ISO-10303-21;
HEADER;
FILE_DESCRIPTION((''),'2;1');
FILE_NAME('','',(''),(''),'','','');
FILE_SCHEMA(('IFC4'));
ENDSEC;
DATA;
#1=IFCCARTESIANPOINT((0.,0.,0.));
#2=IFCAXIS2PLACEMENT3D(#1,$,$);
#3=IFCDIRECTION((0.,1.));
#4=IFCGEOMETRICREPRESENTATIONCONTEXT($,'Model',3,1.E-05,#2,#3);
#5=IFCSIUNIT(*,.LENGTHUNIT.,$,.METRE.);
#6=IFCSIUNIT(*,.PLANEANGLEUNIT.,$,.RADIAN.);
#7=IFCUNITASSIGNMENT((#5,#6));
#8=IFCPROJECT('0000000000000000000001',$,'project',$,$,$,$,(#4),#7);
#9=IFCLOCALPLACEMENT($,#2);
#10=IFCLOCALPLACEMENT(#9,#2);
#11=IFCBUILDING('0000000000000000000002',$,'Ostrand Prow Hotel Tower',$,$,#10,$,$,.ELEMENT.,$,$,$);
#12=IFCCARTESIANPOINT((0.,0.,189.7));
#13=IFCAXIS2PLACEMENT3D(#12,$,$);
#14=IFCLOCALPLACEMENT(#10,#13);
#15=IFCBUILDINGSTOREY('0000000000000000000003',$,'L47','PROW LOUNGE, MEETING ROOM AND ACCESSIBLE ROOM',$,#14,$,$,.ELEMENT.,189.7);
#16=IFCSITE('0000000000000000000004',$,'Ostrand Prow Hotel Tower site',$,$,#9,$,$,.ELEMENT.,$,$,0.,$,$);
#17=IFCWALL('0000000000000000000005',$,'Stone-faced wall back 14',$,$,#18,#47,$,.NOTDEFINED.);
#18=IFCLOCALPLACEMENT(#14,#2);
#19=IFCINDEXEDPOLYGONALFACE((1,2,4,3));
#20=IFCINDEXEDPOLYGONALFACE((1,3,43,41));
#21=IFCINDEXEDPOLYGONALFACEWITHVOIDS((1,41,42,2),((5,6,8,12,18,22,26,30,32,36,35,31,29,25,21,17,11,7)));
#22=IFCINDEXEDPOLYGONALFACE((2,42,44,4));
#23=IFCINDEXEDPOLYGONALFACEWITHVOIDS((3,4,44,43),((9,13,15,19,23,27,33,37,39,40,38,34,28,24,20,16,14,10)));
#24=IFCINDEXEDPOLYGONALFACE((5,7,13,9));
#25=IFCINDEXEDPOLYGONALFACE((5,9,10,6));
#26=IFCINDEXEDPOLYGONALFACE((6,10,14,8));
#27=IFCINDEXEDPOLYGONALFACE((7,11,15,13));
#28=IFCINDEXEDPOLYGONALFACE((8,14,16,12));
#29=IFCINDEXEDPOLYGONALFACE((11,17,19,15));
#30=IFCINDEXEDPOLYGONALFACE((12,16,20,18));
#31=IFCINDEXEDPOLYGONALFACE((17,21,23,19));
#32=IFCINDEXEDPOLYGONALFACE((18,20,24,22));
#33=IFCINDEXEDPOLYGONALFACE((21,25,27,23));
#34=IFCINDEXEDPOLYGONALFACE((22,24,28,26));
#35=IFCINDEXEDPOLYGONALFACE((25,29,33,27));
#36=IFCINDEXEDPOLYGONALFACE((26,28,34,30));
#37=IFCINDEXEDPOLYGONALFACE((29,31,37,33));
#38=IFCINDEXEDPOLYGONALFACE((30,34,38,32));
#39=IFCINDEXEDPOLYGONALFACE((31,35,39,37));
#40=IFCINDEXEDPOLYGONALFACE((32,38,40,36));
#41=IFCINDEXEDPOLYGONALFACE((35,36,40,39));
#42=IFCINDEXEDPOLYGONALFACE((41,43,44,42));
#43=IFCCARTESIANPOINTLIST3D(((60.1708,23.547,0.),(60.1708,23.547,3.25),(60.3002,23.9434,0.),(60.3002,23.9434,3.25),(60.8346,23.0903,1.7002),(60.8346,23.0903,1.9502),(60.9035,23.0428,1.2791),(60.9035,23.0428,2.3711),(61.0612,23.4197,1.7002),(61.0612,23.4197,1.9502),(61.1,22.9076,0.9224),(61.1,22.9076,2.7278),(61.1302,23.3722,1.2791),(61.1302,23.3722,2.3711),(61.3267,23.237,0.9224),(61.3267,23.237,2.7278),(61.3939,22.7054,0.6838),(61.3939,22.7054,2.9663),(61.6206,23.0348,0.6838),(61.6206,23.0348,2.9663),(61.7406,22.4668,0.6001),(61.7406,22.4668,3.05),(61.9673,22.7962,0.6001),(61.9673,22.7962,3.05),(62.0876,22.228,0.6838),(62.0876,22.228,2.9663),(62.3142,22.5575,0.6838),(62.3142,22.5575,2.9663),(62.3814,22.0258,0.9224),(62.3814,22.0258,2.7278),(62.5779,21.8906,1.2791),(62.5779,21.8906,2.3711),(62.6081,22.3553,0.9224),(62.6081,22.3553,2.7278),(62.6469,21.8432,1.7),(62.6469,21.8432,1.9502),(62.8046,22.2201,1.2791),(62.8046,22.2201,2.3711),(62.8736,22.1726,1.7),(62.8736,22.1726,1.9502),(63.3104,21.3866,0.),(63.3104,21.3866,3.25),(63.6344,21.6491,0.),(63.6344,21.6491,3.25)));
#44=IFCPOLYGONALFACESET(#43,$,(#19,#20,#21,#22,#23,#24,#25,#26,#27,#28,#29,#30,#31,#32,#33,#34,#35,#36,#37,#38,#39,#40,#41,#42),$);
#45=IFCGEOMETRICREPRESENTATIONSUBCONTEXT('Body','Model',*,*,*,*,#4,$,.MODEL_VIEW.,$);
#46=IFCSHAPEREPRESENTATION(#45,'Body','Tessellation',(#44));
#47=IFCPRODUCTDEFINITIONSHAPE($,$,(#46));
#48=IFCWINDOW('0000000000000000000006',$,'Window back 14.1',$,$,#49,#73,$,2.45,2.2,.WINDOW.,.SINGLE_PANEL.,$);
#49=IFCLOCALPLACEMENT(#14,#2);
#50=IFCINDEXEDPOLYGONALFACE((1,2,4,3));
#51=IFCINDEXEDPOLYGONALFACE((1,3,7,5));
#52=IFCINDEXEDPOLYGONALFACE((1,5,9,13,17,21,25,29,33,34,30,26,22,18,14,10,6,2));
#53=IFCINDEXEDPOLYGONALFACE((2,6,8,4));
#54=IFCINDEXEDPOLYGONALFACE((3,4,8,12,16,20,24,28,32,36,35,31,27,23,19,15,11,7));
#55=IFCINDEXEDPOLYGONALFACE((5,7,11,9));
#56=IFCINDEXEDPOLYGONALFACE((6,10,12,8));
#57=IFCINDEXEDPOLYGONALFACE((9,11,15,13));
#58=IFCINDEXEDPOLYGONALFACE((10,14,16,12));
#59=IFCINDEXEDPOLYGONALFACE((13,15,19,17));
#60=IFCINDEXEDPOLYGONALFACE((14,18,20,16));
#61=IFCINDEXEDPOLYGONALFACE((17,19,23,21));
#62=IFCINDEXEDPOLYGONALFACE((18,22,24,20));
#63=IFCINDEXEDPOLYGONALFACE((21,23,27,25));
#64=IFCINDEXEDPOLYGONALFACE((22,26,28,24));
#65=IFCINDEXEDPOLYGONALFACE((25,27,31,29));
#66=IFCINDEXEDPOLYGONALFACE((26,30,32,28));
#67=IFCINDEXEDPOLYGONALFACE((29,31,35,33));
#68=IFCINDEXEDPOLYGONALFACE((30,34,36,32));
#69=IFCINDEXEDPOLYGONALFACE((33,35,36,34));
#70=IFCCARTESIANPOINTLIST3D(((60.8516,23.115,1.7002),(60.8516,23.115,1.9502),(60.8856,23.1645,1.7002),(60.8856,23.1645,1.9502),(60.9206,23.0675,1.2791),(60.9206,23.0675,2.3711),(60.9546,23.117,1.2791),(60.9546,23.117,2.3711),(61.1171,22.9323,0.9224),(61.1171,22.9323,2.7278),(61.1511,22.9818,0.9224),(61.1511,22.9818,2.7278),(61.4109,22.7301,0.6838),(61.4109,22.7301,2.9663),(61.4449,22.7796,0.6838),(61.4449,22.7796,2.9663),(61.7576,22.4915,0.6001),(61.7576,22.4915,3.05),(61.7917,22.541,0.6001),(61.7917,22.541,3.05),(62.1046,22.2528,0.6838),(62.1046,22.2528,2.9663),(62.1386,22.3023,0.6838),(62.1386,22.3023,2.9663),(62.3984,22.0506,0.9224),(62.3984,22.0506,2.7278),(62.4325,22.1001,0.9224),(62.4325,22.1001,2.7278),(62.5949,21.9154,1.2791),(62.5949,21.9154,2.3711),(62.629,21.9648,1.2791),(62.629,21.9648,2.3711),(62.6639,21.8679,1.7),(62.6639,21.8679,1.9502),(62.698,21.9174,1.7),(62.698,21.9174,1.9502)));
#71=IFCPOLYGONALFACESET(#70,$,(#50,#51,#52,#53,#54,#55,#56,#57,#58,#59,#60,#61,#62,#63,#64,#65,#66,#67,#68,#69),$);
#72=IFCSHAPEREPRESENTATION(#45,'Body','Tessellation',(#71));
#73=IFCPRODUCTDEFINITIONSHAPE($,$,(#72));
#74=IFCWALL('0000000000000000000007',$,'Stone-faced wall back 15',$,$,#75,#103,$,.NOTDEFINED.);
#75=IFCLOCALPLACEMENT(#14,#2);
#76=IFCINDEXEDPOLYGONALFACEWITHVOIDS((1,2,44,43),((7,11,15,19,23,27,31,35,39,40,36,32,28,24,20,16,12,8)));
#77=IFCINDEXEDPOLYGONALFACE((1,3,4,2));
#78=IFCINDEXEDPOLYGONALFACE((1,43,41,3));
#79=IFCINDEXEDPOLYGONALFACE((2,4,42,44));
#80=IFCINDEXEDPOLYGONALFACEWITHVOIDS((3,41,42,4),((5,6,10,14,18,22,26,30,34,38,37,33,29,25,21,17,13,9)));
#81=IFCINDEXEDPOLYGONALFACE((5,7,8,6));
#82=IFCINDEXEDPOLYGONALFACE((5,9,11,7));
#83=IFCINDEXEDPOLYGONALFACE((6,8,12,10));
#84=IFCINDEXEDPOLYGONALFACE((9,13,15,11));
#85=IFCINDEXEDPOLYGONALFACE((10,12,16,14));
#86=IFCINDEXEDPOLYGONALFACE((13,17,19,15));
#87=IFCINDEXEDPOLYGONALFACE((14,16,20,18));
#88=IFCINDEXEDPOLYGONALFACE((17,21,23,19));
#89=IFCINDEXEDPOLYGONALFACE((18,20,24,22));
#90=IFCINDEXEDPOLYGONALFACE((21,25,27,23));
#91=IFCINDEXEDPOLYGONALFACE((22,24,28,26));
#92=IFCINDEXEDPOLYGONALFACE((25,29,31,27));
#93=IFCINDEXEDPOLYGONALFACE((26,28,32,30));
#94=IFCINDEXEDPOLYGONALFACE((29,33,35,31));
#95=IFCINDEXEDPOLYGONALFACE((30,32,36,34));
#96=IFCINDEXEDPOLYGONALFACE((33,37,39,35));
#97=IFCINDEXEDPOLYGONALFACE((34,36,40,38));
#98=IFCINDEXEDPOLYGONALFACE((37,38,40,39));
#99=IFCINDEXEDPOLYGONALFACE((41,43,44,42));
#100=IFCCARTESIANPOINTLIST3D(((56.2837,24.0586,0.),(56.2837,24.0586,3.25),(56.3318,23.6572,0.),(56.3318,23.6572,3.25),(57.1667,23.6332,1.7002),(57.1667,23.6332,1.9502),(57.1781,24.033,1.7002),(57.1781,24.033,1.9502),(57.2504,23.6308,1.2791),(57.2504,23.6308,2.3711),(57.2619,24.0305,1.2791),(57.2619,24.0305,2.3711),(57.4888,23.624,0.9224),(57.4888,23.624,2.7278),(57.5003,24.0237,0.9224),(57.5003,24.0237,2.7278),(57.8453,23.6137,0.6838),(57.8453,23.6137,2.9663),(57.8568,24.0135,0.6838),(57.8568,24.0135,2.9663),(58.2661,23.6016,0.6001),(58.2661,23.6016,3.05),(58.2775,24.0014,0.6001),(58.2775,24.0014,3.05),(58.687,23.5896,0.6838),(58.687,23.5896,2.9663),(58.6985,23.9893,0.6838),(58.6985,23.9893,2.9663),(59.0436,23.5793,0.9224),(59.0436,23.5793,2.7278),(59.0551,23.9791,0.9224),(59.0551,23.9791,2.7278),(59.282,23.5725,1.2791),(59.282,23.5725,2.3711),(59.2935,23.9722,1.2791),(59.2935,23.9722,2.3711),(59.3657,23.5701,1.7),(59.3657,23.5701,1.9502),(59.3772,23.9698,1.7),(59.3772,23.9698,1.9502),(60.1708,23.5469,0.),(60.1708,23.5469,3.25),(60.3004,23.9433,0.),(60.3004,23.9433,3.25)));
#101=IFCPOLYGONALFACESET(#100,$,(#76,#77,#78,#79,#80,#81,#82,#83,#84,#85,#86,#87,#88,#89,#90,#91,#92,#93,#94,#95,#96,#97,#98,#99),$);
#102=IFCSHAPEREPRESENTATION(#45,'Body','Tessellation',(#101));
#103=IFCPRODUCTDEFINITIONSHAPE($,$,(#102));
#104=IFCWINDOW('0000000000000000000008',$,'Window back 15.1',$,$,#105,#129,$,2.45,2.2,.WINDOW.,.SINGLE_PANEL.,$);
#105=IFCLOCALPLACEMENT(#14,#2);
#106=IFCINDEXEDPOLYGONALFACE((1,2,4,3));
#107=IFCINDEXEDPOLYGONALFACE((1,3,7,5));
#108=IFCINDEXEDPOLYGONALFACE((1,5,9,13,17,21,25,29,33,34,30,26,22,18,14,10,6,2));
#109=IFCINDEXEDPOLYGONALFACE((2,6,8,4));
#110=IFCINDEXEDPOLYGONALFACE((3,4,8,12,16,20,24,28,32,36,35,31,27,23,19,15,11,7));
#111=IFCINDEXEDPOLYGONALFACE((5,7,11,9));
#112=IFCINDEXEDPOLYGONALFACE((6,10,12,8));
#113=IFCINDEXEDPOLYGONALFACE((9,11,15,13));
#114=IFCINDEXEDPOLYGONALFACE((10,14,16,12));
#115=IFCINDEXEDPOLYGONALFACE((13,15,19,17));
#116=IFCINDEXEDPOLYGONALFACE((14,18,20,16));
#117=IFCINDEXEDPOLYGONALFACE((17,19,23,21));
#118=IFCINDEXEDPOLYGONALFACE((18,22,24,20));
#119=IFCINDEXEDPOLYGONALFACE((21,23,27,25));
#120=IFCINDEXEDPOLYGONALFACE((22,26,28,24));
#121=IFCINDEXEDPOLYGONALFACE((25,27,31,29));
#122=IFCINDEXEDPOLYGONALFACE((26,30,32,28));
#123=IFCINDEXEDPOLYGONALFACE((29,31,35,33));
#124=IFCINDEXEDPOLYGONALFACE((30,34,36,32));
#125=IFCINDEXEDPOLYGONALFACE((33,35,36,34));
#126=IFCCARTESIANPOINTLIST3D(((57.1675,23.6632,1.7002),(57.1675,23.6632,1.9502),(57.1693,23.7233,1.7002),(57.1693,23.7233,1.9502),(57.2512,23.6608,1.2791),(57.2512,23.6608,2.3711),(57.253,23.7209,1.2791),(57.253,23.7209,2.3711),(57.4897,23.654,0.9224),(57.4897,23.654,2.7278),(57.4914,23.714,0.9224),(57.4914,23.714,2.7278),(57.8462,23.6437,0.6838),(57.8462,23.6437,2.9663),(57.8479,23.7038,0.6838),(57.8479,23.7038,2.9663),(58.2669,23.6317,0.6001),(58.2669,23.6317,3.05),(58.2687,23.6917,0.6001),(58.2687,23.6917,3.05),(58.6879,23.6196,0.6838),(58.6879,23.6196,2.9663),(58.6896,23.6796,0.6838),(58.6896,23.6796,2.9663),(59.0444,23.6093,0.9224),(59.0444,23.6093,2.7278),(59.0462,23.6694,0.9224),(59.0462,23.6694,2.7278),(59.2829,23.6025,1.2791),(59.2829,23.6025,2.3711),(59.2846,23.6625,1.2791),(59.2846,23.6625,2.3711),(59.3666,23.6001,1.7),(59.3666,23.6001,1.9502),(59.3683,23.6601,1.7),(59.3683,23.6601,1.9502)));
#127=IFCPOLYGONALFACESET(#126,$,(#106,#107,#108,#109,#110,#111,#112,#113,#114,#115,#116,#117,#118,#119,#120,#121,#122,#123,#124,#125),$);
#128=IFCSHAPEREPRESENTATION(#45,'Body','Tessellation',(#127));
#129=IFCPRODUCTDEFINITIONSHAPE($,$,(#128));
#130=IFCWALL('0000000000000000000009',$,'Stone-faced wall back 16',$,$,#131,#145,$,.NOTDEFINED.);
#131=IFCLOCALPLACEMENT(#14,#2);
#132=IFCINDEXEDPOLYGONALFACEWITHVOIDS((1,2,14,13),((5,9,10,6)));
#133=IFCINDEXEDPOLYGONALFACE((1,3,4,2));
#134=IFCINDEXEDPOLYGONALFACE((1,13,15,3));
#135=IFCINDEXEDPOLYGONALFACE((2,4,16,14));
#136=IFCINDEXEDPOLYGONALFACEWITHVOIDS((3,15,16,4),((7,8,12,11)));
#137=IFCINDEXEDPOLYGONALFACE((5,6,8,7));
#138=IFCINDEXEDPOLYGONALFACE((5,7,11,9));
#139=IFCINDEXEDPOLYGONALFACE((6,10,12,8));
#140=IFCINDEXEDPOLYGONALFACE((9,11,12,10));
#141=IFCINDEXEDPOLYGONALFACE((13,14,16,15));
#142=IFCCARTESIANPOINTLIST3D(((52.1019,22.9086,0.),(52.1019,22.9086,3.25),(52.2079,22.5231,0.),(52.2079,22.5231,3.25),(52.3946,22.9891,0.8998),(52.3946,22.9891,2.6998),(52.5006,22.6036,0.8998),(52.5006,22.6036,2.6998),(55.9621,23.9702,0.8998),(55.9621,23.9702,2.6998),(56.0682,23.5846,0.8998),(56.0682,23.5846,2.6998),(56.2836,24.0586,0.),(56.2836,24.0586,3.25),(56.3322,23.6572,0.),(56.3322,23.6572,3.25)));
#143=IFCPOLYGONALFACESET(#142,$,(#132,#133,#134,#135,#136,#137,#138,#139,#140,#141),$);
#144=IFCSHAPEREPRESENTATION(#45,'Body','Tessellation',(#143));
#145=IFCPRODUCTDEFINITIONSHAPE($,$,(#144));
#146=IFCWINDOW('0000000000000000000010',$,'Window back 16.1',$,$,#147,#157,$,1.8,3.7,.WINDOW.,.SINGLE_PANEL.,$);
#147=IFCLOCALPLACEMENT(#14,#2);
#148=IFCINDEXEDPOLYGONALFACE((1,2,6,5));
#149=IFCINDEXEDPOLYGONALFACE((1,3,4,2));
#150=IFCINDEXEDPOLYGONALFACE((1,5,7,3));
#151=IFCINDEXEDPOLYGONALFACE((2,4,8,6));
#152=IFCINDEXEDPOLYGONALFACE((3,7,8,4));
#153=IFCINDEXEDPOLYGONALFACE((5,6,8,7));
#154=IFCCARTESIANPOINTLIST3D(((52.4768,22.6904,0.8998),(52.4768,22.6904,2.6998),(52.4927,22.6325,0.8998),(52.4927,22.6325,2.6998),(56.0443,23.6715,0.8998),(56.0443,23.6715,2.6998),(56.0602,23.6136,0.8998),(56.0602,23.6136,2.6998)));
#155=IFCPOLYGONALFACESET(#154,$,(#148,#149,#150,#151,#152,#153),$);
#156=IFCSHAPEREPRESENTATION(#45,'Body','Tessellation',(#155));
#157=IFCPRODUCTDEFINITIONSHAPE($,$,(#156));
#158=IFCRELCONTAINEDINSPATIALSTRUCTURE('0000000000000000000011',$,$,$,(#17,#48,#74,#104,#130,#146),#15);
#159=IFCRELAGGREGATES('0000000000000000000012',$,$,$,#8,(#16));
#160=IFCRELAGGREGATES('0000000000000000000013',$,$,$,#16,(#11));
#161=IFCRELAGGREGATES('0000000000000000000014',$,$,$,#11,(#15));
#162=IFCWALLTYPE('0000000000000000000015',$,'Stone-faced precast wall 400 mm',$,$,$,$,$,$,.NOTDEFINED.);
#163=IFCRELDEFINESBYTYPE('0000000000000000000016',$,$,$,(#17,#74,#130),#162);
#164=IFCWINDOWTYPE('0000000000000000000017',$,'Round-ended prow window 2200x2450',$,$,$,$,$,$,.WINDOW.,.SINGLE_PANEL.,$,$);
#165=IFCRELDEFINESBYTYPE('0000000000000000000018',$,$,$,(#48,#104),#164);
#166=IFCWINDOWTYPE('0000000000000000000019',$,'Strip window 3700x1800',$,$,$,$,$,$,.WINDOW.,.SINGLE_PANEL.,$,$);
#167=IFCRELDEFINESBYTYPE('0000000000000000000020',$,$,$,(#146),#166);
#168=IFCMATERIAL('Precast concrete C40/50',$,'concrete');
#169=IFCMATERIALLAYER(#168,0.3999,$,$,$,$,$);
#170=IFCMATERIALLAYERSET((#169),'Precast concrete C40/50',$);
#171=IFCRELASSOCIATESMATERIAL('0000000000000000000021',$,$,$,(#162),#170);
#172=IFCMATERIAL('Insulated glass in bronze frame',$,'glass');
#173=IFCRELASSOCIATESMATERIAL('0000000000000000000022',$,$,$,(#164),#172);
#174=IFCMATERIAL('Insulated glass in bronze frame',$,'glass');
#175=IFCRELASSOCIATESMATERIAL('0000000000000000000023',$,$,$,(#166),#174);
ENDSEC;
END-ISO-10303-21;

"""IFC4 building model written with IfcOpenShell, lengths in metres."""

from ifc_helpers import new_model, si_unit, direction, frame, frame_2d, origin, place, context, subcontext, project, spatial, polyline, rectangle, outline, extrude, material, layer, layer_set, type_object, element, fill, save


model = new_model("IFC4")

# Units and contexts
model_context = context("Model", 3, precision=1e-05, world=origin(), true_north=direction((0.0, 1.0)))
body_context = subcontext(model_context, "Body", "Model", "MODEL_VIEW")
ifc_project = project(units=[si_unit("LENGTHUNIT", "METRE"), si_unit("PLANEANGLEUNIT", "RADIAN")], contexts=[model_context])

# Site, building, storey
site_placement = place(None, origin())
site = spatial("IfcSite", under=ifc_project, at=site_placement, Name="Ostrand Prow Hotel Tower site", CompositionType="ELEMENT", RefElevation=0.0)
building_placement = place(site_placement, origin())
building = spatial("IfcBuilding", under=site, at=building_placement, Name="Ostrand Prow Hotel Tower", CompositionType="ELEMENT")
storey_placement = place(building_placement, frame((0.0, 0.0, 189.7)))
storey = spatial("IfcBuildingStorey", under=building, at=storey_placement, Name="L47", Description="PROW LOUNGE, MEETING ROOM AND ACCESSIBLE ROOM", CompositionType="ELEMENT", Elevation=189.7)

# Walls, openings, windows
ifc_material_1 = material(Name="Precast concrete C40/50", Category="concrete")
ifc_layer_1 = layer(ifc_material_1, 0.3999)
ifc_layer_set_1 = layer_set([ifc_layer_1], Name="Precast concrete C40/50")
wall_type_1 = type_object("IfcWallType", Name="Stone-faced precast wall 400 mm", PredefinedType="NOTDEFINED", material=ifc_layer_set_1)
ifc_material_2 = material(Name="Insulated glass in bronze frame", Category="glass")
window_type_1 = type_object("IfcWindowType", Name="Round-ended prow window 2200x2450", PartitioningType="SINGLE_PANEL", PredefinedType="WINDOW", material=ifc_material_2)
wall_1_placement = place(storey_placement, frame((63.4724, 21.5178, 0.0), z_axis=(0.0, 0.0, 1.0), x_axis=(-0.823806, 0.566872, 0.0)))
wall_1 = element("IfcWall", 1, at=wall_1_placement, inside=storey, type_object=wall_type_1, Name="Stone-faced wall back 14", PredefinedType="NOTDEFINED", context=body_context, shape_type="SweptSolid", body=[
    extrude(outline(polyline([(-0.0591, -0.2), (3.9883, -0.2), (3.8701, 0.2), (0.0591, 0.2), (-0.0591, -0.2)])), origin(), (0.0, 0.0, 1.0), 3.25),
])
opening_1_placement = place(wall_1_placement, frame((0.8645, 0.0, 0.6001)))
opening_1 = element("IfcOpeningElement", 2, at=opening_1_placement, cuts=wall_1, PredefinedType="OPENING", context=body_context, shape_type="SweptSolid", body=[
    extrude(outline(polyline([(0.0, 1.3501), (0.0837, 1.771), (0.3223, 2.1277), (0.679, 2.3662), (1.1001, 2.45), (1.521, 2.3662), (1.8777, 2.1277), (2.1162, 1.771), (2.2, 1.3501), (2.2, 1.1001), (2.1162, 0.679), (1.8777, 0.3223), (1.521, 0.0837), (1.1001, 0.0), (0.679, 0.0837), (0.3223, 0.3223), (0.0837, 0.679), (0.0, 1.0999), (0.0, 1.3501)])), frame((0.0, 0.21, 0.0), z_axis=(0.0, -1.0, 0.0), x_axis=(1.0, 0.0, 0.0)), (0.0, 0.0, 1.0), 0.4199),
])
window_1_placement = place(opening_1_placement, origin())
window_1 = element("IfcWindow", 3, at=window_1_placement, inside=storey, type_object=window_type_1, Name="Window back 14.1", OverallHeight=2.45, OverallWidth=2.2, PartitioningType="SINGLE_PANEL", PredefinedType="WINDOW", context=body_context, shape_type="SweptSolid", body=[
    extrude(outline(polyline([(0.0, 1.3501), (0.0837, 1.771), (0.3223, 2.1277), (0.679, 2.3662), (1.1001, 2.45), (1.521, 2.3662), (1.8777, 2.1277), (2.1162, 1.771), (2.2, 1.3501), (2.2, 1.1001), (2.1162, 0.679), (1.8777, 0.3223), (1.521, 0.0837), (1.1001, 0.0), (0.679, 0.0837), (0.3223, 0.3223), (0.0837, 0.679), (0.0, 1.0999), (0.0, 1.3501)])), frame((0.0, 0.1699, 0.0), z_axis=(0.0, -1.0, 0.0), x_axis=(1.0, 0.0, 0.0)), (0.0, 0.0, 1.0), 0.0601),
])
fill(opening_1, window_1)
wall_2_placement = place(storey_placement, frame((60.2356, 23.7451, 0.0), z_axis=(0.0, 0.0, 1.0), x_axis=(-0.999588, 0.028705, 0.0)))
wall_2 = element("IfcWall", 4, at=wall_2_placement, inside=storey, type_object=wall_type_1, Name="Stone-faced wall back 15", PredefinedType="NOTDEFINED", context=body_context, shape_type="SweptSolid", body=[
    extrude(outline(polyline([(-0.0591, -0.2), (3.9592, -0.2), (3.8997, 0.2), (0.0591, 0.2), (-0.0591, -0.2)])), origin(), (0.0, 0.0, 1.0), 3.25),
])
opening_2_placement = place(wall_2_placement, frame((0.8645, 0.0, 0.6001)))
opening_2 = element("IfcOpeningElement", 5, at=opening_2_placement, cuts=wall_2, PredefinedType="OPENING", context=body_context, shape_type="SweptSolid", body=[
    extrude(outline(polyline([(0.0, 1.3501), (0.0837, 1.771), (0.3223, 2.1277), (0.679, 2.3662), (1.1001, 2.45), (1.521, 2.3662), (1.8777, 2.1277), (2.1162, 1.771), (2.2, 1.3501), (2.2, 1.1001), (2.1162, 0.679), (1.8777, 0.3223), (1.521, 0.0837), (1.1001, 0.0), (0.679, 0.0837), (0.3223, 0.3223), (0.0837, 0.679), (0.0, 1.0999), (0.0, 1.3501)])), frame((0.0, 0.21, 0.0), z_axis=(0.0, -1.0, 0.0), x_axis=(1.0, 0.0, 0.0)), (0.0, 0.0, 1.0), 0.4199),
])
window_2_placement = place(opening_2_placement, origin())
window_2 = element("IfcWindow", 6, at=window_2_placement, inside=storey, type_object=window_type_1, Name="Window back 15.1", OverallHeight=2.45, OverallWidth=2.2, PartitioningType="SINGLE_PANEL", PredefinedType="WINDOW", context=body_context, shape_type="SweptSolid", body=[
    extrude(outline(polyline([(0.0, 1.3501), (0.0837, 1.771), (0.3223, 2.1277), (0.679, 2.3662), (1.1001, 2.45), (1.521, 2.3662), (1.8777, 2.1277), (2.1162, 1.771), (2.2, 1.3501), (2.2, 1.1001), (2.1162, 0.679), (1.8777, 0.3223), (1.521, 0.0837), (1.1001, 0.0), (0.679, 0.0837), (0.3223, 0.3223), (0.0837, 0.679), (0.0, 1.0999), (0.0, 1.3501)])), frame((0.0, 0.1699, 0.0), z_axis=(0.0, -1.0, 0.0), x_axis=(1.0, 0.0, 0.0)), (0.0, 0.0, 1.0), 0.0601),
])
fill(opening_2, window_2)
wall_3_placement = place(storey_placement, frame((56.3079, 23.8579, 0.0), z_axis=(0.0, 0.0, 1.0), x_axis=(-0.964206, -0.265155, 0.0)))
wall_3 = element("IfcWall", 7, at=wall_3_placement, inside=storey, type_object=wall_type_1, Name="Stone-faced wall back 16", PredefinedType="NOTDEFINED", context=body_context, shape_type="SweptSolid", body=[
    extrude(outline(polyline([(-0.0298, -0.2), (4.3071, -0.2), (4.3071, 0.2), (0.0298, 0.2), (-0.0298, -0.2)])), origin(), (0.0, 0.0, 1.0), 3.25),
])
opening_3_placement = place(wall_3_placement, frame((0.3035, 0.0, 0.8999)))
opening_3 = element("IfcOpeningElement", 8, at=opening_3_placement, cuts=wall_3, PredefinedType="OPENING", context=body_context, shape_type="SweptSolid", body=[
    extrude(rectangle(XDim=3.7, YDim=1.8, at=frame_2d((1.8501, 0.8999))), frame((0.0, 0.21, 0.0), z_axis=(0.0, -1.0, 0.0), x_axis=(1.0, 0.0, 0.0)), (0.0, 0.0, 1.0), 0.4199),
])
ifc_material_3 = material(Name="Insulated glass in bronze frame", Category="glass")
window_type_2 = type_object("IfcWindowType", Name="Strip window 3700x1800", PartitioningType="SINGLE_PANEL", PredefinedType="WINDOW", material=ifc_material_3)
window_3_placement = place(opening_3_placement, origin())
window_3 = element("IfcWindow", 9, at=window_3_placement, inside=storey, type_object=window_type_2, Name="Window back 16.1", OverallHeight=1.8, OverallWidth=3.7, PartitioningType="SINGLE_PANEL", PredefinedType="WINDOW", context=body_context, shape_type="SweptSolid", body=[
    extrude(rectangle(XDim=3.7, YDim=1.8, at=frame_2d((1.8501, 0.8999))), frame((0.0, 0.1699, 0.0), z_axis=(0.0, -1.0, 0.0), x_axis=(1.0, 0.0, 0.0)), (0.0, 0.0, 1.0), 0.0601),
])
fill(opening_3, window_3)

save(model, "model.ifc")
